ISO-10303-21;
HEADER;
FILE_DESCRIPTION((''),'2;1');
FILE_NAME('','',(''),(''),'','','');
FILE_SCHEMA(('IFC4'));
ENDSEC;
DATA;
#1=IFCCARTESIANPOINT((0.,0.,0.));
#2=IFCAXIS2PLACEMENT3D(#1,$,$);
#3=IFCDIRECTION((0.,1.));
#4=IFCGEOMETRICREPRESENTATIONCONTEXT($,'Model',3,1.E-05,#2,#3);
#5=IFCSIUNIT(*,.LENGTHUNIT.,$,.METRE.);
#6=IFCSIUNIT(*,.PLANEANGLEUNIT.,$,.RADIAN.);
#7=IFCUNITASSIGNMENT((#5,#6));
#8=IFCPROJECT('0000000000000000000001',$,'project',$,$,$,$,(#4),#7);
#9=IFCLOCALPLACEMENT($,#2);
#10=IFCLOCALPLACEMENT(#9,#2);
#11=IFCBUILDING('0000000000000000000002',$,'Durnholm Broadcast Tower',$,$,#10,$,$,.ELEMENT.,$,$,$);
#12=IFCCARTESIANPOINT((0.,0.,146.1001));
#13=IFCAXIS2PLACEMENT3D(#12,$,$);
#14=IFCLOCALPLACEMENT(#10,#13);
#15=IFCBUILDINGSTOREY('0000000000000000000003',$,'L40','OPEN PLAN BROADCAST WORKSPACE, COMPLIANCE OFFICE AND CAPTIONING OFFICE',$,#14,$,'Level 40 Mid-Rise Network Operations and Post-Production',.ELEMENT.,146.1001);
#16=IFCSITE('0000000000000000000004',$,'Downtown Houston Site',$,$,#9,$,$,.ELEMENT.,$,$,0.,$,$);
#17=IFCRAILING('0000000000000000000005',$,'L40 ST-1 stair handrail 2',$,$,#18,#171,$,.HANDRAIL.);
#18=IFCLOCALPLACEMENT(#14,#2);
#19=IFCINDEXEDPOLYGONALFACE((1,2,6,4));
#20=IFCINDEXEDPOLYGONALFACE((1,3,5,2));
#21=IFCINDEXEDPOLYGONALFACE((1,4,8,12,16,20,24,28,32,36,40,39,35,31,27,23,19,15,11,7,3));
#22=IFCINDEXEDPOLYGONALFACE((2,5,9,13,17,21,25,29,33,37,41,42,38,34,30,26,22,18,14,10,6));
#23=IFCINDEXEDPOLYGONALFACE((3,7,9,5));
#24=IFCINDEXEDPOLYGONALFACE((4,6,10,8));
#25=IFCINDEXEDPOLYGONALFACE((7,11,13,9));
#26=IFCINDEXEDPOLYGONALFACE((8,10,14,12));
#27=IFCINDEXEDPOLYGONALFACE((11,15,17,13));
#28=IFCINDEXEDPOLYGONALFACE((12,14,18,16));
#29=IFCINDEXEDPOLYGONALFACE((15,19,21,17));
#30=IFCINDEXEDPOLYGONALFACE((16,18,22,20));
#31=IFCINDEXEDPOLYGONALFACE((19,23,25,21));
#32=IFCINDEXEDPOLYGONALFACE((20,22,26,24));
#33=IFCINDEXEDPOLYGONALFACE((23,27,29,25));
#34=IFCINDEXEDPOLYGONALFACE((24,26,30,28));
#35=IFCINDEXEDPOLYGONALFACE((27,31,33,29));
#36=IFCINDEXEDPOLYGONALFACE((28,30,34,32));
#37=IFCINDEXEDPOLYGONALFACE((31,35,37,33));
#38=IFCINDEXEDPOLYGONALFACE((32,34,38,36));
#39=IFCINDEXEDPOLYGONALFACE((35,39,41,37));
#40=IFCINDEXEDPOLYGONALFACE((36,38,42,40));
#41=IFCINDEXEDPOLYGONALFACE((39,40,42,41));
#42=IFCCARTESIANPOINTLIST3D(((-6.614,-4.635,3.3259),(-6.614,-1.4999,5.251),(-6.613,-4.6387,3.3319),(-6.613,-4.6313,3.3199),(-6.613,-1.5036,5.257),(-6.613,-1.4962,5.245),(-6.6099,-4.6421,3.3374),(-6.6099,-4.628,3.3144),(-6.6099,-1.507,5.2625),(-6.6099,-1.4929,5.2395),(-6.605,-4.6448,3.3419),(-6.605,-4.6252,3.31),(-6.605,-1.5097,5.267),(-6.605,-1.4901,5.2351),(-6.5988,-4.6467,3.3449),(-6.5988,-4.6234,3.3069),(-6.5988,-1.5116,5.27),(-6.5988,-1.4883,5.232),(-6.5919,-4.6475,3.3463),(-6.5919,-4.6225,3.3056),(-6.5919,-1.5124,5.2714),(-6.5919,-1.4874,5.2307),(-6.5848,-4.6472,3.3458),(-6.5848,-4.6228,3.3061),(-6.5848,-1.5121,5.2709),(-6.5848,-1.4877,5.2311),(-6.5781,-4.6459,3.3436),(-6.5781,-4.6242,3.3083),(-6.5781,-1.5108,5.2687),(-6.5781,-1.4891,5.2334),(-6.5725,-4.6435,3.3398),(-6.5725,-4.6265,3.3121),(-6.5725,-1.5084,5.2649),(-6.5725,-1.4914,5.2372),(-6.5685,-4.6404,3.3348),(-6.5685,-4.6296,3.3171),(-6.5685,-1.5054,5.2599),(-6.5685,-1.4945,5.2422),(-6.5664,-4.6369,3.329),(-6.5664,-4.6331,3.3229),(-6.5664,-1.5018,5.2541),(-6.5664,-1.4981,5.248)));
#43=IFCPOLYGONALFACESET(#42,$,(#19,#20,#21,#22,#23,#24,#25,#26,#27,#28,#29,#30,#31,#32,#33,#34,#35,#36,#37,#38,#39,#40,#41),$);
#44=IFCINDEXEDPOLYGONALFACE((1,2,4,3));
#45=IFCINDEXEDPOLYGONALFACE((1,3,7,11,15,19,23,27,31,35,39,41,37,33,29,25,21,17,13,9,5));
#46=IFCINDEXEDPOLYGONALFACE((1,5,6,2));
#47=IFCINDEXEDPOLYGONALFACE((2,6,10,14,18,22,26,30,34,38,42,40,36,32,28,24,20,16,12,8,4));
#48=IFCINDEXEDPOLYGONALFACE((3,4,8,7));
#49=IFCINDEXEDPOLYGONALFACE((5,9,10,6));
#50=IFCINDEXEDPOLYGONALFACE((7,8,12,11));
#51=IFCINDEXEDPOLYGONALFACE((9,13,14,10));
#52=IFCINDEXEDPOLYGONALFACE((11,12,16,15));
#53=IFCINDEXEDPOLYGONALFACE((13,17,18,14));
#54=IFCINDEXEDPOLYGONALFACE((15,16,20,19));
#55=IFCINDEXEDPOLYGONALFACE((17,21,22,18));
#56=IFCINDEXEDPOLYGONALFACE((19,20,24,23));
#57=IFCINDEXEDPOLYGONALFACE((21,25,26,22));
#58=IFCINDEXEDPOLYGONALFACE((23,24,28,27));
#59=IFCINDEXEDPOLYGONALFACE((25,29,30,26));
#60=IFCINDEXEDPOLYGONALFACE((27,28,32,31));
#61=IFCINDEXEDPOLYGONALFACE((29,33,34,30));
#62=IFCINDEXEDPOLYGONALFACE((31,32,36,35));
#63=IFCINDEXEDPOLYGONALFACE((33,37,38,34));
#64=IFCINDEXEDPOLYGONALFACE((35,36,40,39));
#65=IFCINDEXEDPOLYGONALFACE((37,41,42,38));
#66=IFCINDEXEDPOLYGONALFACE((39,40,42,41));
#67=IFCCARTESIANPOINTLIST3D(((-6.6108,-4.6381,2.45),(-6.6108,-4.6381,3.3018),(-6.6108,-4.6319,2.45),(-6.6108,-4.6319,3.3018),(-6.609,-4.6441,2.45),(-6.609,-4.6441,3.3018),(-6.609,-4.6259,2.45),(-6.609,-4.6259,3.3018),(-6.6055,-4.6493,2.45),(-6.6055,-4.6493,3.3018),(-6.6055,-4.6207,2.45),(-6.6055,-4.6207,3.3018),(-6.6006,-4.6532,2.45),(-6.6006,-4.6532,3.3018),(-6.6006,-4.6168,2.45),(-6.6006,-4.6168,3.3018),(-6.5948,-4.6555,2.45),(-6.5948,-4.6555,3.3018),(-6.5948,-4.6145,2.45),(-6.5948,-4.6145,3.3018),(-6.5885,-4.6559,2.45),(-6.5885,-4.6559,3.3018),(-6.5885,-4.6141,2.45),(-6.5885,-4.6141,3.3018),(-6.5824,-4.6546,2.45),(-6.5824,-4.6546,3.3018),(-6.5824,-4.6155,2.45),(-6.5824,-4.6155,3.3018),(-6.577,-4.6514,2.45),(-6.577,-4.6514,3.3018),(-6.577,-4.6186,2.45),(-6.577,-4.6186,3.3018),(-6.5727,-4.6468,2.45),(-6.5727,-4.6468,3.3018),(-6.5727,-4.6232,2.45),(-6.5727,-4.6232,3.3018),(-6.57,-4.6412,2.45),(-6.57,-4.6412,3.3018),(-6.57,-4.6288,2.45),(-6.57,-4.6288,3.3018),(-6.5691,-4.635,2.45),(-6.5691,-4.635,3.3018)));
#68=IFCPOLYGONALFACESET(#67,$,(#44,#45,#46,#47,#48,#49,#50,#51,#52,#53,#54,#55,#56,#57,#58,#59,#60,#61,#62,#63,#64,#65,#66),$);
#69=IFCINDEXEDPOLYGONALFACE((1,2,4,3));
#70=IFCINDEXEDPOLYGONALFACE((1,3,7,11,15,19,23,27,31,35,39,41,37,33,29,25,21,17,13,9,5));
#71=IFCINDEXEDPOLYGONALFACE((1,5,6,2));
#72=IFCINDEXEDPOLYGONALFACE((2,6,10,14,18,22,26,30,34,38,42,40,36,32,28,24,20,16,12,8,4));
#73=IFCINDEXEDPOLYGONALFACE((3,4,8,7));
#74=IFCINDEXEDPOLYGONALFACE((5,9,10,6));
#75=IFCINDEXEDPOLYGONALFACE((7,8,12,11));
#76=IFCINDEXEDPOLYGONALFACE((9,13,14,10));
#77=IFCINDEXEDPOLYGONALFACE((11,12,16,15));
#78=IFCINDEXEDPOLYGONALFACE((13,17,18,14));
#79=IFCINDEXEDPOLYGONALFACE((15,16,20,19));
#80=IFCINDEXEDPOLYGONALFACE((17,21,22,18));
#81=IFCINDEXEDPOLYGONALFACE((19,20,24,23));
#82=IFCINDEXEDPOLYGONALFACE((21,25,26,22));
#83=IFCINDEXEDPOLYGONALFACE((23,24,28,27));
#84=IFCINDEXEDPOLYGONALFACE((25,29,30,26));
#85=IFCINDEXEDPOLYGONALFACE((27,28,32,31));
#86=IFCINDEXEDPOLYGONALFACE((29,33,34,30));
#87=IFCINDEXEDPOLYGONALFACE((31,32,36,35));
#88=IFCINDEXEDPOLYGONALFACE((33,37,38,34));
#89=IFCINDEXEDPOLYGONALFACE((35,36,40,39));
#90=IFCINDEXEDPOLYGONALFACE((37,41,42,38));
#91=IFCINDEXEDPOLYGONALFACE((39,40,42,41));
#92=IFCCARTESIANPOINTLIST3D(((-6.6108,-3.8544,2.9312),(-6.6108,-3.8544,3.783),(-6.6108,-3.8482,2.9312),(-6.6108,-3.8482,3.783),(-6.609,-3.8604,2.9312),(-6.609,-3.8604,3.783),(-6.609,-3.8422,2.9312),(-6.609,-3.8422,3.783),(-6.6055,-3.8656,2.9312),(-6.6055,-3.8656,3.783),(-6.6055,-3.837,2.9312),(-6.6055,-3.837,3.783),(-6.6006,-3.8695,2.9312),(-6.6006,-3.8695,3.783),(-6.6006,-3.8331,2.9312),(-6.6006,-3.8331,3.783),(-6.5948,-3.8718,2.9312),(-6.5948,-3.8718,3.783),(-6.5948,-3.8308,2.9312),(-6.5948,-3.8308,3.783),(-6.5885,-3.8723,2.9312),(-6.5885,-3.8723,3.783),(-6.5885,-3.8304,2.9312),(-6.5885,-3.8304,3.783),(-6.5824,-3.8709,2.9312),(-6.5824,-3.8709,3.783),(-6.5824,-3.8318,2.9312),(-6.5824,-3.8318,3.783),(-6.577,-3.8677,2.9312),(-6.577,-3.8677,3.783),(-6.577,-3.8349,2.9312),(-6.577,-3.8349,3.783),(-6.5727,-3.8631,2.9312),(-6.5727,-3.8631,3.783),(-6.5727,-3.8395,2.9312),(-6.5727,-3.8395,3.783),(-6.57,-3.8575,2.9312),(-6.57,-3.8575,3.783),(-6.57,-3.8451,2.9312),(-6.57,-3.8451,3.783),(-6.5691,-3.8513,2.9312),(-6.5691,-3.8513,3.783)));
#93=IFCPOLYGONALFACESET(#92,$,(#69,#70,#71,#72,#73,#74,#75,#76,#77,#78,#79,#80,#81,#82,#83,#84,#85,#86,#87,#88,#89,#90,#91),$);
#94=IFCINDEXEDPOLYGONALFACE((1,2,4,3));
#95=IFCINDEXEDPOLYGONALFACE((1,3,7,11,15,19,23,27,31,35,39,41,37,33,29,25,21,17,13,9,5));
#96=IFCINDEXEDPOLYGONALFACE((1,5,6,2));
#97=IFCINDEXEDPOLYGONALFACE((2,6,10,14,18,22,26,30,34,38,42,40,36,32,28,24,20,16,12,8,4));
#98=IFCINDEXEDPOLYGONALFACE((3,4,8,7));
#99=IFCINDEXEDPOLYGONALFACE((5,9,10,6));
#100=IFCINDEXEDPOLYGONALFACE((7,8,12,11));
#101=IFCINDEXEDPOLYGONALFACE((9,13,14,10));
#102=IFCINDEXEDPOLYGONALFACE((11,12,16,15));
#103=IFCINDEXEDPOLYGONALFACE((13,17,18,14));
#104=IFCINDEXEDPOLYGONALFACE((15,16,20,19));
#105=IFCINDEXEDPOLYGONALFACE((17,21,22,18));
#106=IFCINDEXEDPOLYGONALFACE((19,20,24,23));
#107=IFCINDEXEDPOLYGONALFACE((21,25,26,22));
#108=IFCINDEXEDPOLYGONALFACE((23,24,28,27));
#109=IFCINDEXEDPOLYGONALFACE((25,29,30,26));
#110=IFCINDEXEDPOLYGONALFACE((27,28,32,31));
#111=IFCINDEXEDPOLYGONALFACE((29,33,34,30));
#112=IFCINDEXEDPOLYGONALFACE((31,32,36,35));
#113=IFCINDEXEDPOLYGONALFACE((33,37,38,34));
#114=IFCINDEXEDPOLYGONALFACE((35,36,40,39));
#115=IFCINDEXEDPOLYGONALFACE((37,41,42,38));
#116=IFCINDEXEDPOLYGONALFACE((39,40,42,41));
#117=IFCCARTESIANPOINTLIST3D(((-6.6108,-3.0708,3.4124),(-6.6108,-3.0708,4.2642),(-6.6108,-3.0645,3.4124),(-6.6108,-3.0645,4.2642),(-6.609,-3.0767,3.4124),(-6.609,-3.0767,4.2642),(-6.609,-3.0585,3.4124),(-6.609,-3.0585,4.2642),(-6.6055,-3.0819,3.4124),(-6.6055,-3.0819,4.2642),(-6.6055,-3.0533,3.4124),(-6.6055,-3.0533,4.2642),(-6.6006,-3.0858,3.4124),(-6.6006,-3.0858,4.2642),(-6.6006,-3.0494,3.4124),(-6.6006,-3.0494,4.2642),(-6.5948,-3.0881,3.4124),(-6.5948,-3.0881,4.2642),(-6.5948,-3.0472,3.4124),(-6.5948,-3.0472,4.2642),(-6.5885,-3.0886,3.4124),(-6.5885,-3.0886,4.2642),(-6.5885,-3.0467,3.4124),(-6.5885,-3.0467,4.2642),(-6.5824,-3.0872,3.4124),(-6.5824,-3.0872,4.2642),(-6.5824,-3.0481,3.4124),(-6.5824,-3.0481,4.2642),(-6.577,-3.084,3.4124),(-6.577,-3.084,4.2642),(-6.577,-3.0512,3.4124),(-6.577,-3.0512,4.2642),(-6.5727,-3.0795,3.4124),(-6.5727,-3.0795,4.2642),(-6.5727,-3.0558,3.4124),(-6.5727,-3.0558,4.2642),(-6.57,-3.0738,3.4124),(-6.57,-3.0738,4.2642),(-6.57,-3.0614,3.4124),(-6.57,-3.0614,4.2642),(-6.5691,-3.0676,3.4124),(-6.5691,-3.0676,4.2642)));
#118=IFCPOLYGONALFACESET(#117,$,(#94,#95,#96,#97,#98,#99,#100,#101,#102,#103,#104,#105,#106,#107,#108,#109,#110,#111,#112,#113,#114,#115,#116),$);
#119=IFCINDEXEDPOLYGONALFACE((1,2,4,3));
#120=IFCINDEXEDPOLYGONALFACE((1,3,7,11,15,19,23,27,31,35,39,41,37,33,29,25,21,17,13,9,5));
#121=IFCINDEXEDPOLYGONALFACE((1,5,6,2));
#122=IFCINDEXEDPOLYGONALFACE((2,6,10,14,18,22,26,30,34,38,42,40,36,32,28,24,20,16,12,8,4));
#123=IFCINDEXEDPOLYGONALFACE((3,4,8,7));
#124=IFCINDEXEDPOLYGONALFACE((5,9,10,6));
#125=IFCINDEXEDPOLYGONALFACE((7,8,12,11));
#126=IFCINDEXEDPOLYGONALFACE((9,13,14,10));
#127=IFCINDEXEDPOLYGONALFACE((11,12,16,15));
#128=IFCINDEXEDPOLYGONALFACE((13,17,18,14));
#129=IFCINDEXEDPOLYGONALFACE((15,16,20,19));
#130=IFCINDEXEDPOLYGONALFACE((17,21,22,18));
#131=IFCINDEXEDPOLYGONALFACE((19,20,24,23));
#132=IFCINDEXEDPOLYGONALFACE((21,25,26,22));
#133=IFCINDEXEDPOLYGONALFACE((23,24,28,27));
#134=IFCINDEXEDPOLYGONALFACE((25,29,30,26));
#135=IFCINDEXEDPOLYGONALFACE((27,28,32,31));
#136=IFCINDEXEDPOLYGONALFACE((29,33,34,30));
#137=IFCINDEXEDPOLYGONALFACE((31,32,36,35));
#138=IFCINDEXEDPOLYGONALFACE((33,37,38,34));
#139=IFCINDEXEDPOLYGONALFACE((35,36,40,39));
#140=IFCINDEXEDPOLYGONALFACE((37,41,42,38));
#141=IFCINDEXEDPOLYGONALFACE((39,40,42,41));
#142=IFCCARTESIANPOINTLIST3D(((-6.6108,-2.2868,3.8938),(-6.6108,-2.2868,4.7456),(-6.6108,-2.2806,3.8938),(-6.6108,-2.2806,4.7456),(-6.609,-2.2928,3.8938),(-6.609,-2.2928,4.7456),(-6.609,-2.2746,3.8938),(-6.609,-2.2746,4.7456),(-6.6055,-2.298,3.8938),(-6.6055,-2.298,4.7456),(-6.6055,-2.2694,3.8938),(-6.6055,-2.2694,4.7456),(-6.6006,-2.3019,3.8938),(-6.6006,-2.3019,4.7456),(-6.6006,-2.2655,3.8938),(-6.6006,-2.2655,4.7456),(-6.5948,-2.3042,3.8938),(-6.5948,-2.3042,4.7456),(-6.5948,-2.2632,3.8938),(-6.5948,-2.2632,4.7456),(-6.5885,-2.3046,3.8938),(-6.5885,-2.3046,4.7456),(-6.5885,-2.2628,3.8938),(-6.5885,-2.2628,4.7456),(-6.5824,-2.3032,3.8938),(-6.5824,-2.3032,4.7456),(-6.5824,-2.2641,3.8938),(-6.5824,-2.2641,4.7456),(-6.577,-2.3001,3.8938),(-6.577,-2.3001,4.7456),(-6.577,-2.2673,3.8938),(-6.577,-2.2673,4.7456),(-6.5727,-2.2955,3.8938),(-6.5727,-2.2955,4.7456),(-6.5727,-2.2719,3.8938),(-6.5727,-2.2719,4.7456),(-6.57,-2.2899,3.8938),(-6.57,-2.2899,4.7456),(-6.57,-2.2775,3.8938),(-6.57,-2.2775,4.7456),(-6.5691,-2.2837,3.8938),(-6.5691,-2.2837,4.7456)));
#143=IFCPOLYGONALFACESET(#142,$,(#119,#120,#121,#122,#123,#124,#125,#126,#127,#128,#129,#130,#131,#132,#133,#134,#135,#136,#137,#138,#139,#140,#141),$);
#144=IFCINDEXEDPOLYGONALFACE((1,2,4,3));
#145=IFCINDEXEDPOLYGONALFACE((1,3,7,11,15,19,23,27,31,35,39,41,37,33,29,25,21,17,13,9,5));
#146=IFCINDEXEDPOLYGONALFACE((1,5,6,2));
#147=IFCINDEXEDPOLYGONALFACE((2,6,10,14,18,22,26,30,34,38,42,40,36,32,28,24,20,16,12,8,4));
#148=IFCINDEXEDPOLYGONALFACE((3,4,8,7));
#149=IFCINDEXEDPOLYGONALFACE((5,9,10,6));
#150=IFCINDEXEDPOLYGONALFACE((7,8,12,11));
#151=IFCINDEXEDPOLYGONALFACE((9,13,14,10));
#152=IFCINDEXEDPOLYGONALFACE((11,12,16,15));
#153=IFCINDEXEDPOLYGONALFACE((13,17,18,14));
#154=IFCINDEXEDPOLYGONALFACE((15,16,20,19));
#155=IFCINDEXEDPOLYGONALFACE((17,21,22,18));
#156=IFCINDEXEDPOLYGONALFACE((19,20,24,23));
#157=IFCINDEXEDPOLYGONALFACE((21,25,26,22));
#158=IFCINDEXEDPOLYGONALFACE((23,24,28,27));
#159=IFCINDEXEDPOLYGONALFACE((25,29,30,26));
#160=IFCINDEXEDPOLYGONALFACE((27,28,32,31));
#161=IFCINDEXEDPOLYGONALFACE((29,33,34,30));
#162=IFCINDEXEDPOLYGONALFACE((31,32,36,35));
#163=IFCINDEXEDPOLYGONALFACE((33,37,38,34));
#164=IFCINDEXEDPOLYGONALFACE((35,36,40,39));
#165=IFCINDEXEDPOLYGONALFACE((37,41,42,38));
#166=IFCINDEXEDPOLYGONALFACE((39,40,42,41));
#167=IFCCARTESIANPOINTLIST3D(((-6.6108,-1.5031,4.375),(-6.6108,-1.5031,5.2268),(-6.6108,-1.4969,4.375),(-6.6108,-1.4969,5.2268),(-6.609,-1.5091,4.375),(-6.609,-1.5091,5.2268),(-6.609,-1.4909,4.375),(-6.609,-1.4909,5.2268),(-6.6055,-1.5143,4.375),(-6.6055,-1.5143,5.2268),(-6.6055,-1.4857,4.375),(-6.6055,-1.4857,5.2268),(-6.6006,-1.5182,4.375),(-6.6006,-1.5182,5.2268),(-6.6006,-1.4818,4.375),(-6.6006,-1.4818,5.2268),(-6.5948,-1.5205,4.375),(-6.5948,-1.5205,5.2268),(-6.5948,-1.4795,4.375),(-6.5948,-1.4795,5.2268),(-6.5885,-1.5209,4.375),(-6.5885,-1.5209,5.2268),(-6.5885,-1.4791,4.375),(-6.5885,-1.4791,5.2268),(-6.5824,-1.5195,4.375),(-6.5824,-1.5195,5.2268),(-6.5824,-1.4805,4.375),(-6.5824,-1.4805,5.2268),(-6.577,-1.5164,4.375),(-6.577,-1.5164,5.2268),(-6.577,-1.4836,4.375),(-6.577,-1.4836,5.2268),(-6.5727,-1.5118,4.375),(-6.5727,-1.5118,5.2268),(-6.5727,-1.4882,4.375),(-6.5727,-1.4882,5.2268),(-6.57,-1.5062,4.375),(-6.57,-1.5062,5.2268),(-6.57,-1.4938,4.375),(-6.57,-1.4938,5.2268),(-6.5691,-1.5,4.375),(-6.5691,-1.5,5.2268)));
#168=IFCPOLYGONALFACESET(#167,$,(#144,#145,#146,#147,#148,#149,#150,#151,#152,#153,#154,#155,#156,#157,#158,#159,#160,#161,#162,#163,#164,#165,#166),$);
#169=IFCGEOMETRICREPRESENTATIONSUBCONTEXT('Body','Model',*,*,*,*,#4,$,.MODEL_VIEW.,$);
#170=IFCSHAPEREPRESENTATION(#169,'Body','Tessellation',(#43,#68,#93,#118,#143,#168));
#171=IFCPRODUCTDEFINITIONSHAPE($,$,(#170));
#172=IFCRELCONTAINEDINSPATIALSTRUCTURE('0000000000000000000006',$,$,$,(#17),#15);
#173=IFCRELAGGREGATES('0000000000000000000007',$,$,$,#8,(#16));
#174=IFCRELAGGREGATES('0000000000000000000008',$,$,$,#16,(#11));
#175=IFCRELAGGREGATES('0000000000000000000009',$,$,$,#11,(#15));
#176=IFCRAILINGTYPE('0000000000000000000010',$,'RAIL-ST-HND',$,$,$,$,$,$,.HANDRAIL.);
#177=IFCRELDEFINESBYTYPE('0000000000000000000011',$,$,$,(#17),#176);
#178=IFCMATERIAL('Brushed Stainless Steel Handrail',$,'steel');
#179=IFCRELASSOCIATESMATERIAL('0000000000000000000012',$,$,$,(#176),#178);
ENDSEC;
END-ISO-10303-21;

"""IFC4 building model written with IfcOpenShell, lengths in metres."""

from ifc_helpers import new_model, si_unit, direction, frame, origin, origin_2d, place, context, subcontext, project, spatial, circle, extrude, material, type_object, element, save


model = new_model("IFC4")

# Units and contexts
model_context = context("Model", 3, precision=1e-05, world=origin(), true_north=direction((0.0, 1.0)))
body_context = subcontext(model_context, "Body", "Model", "MODEL_VIEW")
ifc_project = project(units=[si_unit("LENGTHUNIT", "METRE"), si_unit("PLANEANGLEUNIT", "RADIAN")], contexts=[model_context])

# Site, building, storey
site_placement = place(None, origin())
site = spatial("IfcSite", under=ifc_project, at=site_placement, Name="Downtown Houston Site", CompositionType="ELEMENT", RefElevation=0.0)
building_placement = place(site_placement, origin())
building = spatial("IfcBuilding", under=site, at=building_placement, Name="Durnholm Broadcast Tower", CompositionType="ELEMENT")
storey_placement = place(building_placement, frame((0.0, 0.0, 146.1001)))
storey = spatial("IfcBuildingStorey", under=building, at=storey_placement, Name="L40", Description="OPEN PLAN BROADCAST WORKSPACE, COMPLIANCE OFFICE AND CAPTIONING OFFICE", LongName="Level 40 Mid-Rise Network Operations and Post-Production", CompositionType="ELEMENT", Elevation=146.1001)

# Railing
ifc_material_1 = material(Name="Brushed Stainless Steel Handrail", Category="steel")
railing_type_1 = type_object("IfcRailingType", Name="RAIL-ST-HND", PredefinedType="HANDRAIL", material=ifc_material_1)
railing_1_placement = place(storey_placement, frame((-6.5901, -4.635, 2.45)))
element("IfcRailing", 1, at=railing_1_placement, inside=storey, type_object=railing_type_1, Name="L40 ST-1 stair handrail 2", PredefinedType="HANDRAIL", context=body_context, shape_type="SweptSolid", body=[
    extrude(circle(Radius=0.0239, at=origin_2d()), frame((0.0, 0.0, 0.876), z_axis=(0.0, 0.852166, 0.523271), x_axis=(-1.0, 0.0, 0.0)), (0.0, 0.0, 1.0), 3.679),
    extrude(circle(Radius=0.021, at=origin_2d()), origin(), (0.0, 0.0, 1.0), 0.8518),
    extrude(circle(Radius=0.021, at=origin_2d()), frame((0.0, 0.7837, 0.4812)), (0.0, 0.0, 1.0), 0.8518),
    extrude(circle(Radius=0.021, at=origin_2d()), frame((0.0, 1.5674, 0.9624)), (0.0, 0.0, 1.0), 0.8518),
    extrude(circle(Radius=0.021, at=origin_2d()), frame((0.0, 2.3513, 1.4438)), (0.0, 0.0, 1.0), 0.8518),
    extrude(circle(Radius=0.021, at=origin_2d()), frame((0.0, 3.135, 1.925)), (0.0, 0.0, 1.0), 0.8518),
])

save(model, "model.ifc")
